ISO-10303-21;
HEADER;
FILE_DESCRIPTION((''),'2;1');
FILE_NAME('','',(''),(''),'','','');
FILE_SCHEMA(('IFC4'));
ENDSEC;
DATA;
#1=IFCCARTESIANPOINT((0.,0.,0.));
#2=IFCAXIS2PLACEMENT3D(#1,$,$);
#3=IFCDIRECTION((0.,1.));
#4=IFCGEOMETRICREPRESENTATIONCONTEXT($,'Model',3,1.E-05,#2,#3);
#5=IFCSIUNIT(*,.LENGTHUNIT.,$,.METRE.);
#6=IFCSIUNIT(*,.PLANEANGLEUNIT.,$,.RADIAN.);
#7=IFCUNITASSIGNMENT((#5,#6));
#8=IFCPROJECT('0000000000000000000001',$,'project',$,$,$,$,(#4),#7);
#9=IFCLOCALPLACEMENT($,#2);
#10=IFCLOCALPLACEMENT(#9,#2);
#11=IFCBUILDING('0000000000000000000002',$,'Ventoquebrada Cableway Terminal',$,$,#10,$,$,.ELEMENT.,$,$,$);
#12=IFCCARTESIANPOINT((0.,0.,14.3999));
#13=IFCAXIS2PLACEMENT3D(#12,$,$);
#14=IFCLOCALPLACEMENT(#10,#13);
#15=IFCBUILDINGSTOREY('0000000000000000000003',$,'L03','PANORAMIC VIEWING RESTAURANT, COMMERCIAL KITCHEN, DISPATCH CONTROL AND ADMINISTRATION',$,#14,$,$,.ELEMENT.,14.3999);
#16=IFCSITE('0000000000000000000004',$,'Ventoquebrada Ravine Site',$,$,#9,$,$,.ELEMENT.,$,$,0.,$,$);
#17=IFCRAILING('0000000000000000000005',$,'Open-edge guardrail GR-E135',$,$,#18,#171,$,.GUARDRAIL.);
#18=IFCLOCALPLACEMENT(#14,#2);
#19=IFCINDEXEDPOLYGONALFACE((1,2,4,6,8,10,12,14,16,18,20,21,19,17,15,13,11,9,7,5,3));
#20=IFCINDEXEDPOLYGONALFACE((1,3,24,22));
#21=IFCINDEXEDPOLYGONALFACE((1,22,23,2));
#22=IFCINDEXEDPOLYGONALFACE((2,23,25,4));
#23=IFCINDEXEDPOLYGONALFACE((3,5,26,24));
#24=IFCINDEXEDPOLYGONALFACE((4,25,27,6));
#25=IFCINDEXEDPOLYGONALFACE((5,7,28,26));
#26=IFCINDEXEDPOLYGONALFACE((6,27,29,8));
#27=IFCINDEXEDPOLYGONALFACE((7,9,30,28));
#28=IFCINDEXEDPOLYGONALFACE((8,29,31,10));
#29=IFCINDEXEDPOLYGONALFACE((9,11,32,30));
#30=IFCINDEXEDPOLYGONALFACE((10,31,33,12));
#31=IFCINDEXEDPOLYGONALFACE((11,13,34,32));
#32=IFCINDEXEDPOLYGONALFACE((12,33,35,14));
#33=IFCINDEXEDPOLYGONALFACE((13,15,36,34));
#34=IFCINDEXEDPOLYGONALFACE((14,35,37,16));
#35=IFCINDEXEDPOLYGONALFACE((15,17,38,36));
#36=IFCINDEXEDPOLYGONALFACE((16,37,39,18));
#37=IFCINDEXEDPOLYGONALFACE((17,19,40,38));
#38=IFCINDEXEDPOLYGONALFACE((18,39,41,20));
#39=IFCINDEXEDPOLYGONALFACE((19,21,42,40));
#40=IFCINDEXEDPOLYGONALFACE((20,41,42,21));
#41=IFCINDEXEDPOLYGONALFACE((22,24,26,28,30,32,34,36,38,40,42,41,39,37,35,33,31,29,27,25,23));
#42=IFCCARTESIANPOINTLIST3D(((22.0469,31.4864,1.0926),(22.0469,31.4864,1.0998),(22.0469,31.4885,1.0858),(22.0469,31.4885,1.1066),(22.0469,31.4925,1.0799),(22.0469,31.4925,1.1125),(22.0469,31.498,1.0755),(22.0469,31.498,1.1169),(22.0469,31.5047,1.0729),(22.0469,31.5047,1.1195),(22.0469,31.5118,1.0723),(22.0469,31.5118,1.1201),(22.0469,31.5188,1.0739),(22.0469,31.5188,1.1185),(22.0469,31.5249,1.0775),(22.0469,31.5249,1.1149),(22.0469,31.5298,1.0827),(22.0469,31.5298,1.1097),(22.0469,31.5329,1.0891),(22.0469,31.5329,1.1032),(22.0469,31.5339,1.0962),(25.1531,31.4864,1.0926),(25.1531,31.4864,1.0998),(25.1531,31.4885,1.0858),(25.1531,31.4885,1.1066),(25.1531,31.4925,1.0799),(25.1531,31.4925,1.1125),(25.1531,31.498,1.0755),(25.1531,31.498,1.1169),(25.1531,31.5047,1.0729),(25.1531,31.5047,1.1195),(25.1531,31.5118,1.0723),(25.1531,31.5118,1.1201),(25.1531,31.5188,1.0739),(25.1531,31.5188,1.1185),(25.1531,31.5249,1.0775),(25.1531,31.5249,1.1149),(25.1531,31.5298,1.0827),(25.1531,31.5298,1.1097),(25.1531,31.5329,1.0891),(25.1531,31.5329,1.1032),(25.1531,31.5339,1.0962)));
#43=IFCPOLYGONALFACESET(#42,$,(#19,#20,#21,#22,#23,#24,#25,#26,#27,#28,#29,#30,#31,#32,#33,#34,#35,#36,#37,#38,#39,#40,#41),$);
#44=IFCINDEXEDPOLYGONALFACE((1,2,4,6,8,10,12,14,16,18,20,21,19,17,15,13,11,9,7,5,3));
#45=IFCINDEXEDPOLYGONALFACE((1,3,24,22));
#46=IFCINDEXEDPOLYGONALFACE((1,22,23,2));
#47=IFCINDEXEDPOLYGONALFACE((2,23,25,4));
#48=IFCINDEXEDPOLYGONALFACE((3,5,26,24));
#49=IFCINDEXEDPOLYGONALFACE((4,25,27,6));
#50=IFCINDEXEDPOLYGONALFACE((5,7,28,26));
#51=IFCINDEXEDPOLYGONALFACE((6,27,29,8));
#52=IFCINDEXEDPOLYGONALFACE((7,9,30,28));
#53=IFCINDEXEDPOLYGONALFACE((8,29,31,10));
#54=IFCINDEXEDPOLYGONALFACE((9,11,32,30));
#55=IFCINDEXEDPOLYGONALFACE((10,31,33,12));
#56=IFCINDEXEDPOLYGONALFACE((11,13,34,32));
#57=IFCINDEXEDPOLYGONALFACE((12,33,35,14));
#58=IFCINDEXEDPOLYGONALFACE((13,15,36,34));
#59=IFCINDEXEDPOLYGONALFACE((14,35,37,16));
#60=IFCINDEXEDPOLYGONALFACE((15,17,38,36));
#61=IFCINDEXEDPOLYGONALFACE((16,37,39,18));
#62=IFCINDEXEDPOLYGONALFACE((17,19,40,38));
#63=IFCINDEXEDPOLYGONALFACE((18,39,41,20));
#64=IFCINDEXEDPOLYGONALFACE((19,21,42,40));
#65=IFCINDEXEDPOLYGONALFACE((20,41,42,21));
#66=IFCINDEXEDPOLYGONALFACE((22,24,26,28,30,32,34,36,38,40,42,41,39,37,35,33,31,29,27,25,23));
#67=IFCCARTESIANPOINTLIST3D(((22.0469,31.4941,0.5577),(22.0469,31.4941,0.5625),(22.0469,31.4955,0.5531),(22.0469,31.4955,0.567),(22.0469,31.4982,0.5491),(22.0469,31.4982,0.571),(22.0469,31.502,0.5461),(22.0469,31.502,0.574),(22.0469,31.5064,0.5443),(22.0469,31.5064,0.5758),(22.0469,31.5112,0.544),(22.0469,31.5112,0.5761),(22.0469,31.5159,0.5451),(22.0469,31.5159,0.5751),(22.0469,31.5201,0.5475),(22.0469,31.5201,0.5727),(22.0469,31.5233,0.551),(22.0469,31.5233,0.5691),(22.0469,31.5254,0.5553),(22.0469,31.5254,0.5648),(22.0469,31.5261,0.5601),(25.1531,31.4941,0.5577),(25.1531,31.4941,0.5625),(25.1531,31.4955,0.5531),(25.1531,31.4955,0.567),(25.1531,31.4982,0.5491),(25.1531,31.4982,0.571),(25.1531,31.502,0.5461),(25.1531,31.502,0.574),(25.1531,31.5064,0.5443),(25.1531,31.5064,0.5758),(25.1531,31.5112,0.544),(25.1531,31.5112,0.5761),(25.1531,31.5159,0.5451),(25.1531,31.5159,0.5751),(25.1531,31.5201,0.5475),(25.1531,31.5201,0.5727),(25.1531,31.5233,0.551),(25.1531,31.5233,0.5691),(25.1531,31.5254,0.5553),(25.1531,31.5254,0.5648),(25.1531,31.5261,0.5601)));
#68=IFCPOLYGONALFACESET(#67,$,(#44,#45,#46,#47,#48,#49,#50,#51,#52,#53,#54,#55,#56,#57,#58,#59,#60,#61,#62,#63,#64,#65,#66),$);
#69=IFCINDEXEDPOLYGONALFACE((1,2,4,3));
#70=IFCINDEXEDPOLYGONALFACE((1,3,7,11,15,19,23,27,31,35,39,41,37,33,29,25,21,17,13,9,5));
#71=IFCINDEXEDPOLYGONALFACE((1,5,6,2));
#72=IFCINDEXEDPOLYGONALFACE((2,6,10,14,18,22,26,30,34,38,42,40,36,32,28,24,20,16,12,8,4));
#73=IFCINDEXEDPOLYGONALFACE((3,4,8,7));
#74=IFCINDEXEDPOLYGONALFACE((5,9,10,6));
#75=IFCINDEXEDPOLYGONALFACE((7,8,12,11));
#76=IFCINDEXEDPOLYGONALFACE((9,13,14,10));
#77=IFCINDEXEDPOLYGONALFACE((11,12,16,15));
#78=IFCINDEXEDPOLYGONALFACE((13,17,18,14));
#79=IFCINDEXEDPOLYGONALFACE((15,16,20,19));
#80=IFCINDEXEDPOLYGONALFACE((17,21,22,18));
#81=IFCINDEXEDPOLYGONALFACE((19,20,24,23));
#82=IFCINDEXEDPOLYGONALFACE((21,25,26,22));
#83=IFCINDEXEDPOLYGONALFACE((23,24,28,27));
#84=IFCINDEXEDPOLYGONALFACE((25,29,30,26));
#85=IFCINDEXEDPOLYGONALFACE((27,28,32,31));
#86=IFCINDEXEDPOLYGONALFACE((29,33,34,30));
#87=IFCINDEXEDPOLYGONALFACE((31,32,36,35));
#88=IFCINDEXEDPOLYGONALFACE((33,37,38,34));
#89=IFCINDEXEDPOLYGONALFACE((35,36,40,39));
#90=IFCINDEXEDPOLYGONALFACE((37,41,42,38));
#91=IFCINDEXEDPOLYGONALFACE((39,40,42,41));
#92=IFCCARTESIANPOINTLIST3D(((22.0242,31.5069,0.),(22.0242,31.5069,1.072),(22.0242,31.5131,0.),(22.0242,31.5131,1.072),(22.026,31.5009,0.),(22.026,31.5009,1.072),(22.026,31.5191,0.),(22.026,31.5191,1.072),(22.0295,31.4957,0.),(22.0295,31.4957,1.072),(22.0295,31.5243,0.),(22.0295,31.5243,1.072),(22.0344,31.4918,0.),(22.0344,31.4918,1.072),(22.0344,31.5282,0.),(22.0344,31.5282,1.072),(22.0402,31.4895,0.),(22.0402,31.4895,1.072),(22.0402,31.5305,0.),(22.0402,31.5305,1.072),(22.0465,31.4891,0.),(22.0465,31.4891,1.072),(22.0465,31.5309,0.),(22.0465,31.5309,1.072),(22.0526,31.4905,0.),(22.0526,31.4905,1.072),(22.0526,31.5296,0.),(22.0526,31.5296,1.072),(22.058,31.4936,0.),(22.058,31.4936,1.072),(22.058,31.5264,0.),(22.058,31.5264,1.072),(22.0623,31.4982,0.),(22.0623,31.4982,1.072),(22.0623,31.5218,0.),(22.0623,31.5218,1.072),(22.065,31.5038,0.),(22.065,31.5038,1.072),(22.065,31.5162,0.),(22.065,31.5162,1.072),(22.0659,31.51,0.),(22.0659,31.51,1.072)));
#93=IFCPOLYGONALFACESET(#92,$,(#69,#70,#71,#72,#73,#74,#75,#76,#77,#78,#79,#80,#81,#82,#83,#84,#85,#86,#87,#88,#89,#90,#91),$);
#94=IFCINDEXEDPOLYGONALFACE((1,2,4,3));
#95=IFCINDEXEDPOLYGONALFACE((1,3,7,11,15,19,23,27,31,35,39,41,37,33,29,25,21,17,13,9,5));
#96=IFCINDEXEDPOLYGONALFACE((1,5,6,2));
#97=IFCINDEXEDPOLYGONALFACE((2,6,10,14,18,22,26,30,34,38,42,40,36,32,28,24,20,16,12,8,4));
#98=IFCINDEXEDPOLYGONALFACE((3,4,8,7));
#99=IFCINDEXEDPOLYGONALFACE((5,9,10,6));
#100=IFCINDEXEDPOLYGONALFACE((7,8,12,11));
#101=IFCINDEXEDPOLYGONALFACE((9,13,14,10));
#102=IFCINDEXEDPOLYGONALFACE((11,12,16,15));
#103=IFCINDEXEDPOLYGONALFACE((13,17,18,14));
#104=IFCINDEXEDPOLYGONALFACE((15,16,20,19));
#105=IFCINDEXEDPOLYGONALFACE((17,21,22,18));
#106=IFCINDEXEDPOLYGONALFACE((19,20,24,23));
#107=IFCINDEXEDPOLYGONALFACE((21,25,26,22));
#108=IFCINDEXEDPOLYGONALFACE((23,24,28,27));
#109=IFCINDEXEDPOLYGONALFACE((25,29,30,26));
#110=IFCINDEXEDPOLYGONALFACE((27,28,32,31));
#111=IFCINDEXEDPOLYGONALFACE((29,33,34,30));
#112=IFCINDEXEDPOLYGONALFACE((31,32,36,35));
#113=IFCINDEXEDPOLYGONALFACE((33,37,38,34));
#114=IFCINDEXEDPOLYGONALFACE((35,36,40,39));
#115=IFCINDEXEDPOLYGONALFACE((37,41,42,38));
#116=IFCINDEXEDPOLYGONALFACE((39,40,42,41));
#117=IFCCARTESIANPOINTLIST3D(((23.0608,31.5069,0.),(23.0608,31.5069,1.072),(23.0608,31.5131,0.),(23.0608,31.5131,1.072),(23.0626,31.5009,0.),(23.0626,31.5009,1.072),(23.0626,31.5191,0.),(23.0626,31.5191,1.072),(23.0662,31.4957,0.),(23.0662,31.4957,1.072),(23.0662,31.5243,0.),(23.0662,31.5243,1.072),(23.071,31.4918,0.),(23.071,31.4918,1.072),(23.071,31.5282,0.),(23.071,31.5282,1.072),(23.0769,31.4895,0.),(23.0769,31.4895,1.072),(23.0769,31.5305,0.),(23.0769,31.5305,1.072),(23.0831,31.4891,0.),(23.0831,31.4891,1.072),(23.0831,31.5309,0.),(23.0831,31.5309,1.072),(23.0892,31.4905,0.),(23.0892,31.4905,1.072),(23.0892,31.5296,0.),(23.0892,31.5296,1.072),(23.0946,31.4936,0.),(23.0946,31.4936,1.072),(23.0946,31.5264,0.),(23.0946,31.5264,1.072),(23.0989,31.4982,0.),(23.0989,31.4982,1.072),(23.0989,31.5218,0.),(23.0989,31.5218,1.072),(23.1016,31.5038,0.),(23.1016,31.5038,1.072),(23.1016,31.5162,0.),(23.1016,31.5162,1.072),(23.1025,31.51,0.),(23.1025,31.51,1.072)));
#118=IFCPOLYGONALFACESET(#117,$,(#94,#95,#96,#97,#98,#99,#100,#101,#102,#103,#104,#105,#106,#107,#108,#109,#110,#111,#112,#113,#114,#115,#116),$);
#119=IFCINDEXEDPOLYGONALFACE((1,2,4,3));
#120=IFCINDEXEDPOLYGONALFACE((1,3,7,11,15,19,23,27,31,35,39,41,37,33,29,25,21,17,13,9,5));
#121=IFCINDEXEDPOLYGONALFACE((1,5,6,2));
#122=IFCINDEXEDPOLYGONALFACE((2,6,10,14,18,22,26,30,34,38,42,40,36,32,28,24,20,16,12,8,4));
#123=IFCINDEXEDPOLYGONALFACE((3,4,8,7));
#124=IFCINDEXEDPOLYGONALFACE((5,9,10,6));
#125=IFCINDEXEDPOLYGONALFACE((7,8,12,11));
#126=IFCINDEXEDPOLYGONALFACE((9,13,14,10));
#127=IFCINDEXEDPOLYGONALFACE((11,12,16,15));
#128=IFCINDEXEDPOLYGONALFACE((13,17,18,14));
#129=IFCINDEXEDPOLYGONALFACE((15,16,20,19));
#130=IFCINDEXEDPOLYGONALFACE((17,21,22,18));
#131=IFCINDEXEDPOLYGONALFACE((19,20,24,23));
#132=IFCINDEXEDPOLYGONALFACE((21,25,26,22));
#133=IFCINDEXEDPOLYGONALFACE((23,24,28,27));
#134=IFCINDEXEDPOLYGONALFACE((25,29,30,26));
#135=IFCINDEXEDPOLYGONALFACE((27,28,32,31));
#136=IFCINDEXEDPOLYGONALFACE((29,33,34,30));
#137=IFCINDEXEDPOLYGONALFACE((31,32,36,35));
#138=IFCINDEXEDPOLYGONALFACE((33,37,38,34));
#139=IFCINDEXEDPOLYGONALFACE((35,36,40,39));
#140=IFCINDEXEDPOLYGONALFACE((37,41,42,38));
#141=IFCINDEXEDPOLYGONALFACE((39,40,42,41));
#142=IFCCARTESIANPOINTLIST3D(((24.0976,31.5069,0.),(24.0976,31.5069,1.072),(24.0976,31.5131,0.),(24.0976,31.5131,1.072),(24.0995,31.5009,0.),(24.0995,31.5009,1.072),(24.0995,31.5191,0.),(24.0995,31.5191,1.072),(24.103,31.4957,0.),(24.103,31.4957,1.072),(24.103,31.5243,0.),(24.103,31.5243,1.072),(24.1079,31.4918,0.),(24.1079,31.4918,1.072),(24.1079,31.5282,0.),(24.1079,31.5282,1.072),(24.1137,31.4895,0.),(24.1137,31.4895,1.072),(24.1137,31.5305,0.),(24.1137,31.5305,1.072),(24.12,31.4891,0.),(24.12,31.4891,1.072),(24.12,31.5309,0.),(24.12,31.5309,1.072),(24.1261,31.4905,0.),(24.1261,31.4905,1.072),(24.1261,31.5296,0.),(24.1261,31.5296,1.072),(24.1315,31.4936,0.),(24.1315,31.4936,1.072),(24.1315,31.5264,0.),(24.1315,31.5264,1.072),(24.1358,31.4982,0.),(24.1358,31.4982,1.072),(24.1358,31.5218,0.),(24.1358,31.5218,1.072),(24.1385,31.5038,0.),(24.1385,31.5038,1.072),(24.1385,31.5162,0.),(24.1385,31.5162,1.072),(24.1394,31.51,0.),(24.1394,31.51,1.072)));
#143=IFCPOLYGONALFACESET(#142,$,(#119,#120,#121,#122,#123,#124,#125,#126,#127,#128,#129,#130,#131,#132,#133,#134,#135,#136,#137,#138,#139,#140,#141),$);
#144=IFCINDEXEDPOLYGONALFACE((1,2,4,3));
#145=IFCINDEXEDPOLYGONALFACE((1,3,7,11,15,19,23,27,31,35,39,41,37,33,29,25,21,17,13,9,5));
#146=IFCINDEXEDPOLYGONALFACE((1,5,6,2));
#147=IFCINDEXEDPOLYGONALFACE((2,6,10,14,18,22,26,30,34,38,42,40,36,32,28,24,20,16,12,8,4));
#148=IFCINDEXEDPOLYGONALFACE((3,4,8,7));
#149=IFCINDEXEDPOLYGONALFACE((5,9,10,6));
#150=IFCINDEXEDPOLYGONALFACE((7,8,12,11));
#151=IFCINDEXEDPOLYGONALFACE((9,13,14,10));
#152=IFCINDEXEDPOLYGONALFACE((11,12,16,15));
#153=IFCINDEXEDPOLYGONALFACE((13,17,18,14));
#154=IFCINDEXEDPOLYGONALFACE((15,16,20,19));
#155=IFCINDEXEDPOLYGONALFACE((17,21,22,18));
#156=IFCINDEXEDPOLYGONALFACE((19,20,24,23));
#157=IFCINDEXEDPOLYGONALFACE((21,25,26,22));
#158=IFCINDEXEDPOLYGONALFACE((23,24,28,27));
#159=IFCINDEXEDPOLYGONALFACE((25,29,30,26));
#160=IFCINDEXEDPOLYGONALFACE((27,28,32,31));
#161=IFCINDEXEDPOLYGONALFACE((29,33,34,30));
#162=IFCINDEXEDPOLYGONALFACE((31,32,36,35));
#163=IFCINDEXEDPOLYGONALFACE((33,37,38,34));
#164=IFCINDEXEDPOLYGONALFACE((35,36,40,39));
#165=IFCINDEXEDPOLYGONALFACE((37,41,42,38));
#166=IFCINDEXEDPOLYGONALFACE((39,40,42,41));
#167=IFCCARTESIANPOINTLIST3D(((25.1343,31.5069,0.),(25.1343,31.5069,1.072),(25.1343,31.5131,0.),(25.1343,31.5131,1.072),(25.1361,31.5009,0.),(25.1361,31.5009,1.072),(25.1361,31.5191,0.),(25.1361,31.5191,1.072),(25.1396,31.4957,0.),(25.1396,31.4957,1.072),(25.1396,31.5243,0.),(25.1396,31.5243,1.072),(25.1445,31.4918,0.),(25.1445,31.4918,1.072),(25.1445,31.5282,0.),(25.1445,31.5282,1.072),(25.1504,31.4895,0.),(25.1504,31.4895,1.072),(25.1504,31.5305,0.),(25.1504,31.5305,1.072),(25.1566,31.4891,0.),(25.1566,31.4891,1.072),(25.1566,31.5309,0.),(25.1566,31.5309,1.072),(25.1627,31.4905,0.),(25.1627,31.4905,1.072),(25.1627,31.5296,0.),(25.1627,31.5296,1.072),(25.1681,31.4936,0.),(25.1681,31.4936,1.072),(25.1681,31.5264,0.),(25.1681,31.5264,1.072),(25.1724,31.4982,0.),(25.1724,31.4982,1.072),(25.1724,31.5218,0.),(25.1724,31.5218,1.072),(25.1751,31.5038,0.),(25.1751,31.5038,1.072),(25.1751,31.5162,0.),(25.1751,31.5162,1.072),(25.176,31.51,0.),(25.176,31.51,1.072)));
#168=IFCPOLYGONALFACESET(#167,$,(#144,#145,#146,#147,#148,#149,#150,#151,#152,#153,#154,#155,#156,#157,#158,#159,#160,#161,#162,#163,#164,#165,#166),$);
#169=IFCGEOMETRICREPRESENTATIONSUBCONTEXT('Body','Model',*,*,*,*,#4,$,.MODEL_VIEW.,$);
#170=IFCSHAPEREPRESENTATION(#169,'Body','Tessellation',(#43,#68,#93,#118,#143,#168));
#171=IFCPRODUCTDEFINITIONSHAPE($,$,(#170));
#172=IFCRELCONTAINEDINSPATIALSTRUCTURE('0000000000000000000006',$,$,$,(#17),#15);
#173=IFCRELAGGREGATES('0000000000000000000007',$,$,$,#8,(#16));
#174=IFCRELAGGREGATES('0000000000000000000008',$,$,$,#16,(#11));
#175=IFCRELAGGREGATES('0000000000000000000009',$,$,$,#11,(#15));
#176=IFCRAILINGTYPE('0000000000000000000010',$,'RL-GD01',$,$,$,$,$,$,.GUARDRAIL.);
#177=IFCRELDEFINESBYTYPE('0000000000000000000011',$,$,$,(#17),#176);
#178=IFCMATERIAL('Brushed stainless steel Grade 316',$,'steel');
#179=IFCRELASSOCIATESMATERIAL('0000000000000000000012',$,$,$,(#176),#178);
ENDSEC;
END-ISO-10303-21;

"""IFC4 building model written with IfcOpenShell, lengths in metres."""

from ifc_helpers import new_model, si_unit, direction, frame, origin, origin_2d, place, context, subcontext, project, spatial, circle, extrude, material, type_object, element, save


model = new_model("IFC4")

# Units and contexts
model_context = context("Model", 3, precision=1e-05, world=origin(), true_north=direction((0.0, 1.0)))
body_context = subcontext(model_context, "Body", "Model", "MODEL_VIEW")
ifc_project = project(units=[si_unit("LENGTHUNIT", "METRE"), si_unit("PLANEANGLEUNIT", "RADIAN")], contexts=[model_context])

# Site, building, storey
site_placement = place(None, origin())
site = spatial("IfcSite", under=ifc_project, at=site_placement, Name="Ventoquebrada Ravine Site", CompositionType="ELEMENT", RefElevation=0.0)
building_placement = place(site_placement, origin())
building = spatial("IfcBuilding", under=site, at=building_placement, Name="Ventoquebrada Cableway Terminal", CompositionType="ELEMENT")
storey_placement = place(building_placement, frame((0.0, 0.0, 14.3999)))
storey = spatial("IfcBuildingStorey", under=building, at=storey_placement, Name="L03", Description="PANORAMIC VIEWING RESTAURANT, COMMERCIAL KITCHEN, DISPATCH CONTROL AND ADMINISTRATION", CompositionType="ELEMENT", Elevation=14.3999)

# Railing
ifc_material_1 = material(Name="Brushed stainless steel Grade 316", Category="steel")
railing_type = type_object("IfcRailingType", Name="RL-GD01", PredefinedType="GUARDRAIL", material=ifc_material_1)
railing_placement = place(storey_placement, frame((22.0449, 31.51, 0.0)))
element("IfcRailing", 1, at=railing_placement, inside=storey, type_object=railing_type, Name="Open-edge guardrail GR-E135", PredefinedType="GUARDRAIL", context=body_context, shape_type="SweptSolid", body=[
    extrude(circle(Radius=0.0239, at=origin_2d()), frame((0.002, 0.0, 1.0962), z_axis=(1.0, 0.0, 0.0), x_axis=(0.0, 1.0, 0.0)), (0.0, 0.0, 1.0), 3.1062),
    extrude(circle(Radius=0.0161, at=origin_2d()), frame((0.002, 0.0, 0.5601), z_axis=(1.0, 0.0, 0.0), x_axis=(0.0, 1.0, 0.0)), (0.0, 0.0, 1.0), 3.1062),
    extrude(circle(Radius=0.021, at=origin_2d()), origin(), (0.0, 0.0, 1.0), 1.072),
    extrude(circle(Radius=0.021, at=origin_2d()), frame((1.0366, 0.0, 0.0)), (0.0, 0.0, 1.0), 1.072),
    extrude(circle(Radius=0.021, at=origin_2d()), frame((2.0735, 0.0, 0.0)), (0.0, 0.0, 1.0), 1.072),
    extrude(circle(Radius=0.021, at=origin_2d()), frame((3.1101, 0.0, 0.0)), (0.0, 0.0, 1.0), 1.072),
])

save(model, "model.ifc")
